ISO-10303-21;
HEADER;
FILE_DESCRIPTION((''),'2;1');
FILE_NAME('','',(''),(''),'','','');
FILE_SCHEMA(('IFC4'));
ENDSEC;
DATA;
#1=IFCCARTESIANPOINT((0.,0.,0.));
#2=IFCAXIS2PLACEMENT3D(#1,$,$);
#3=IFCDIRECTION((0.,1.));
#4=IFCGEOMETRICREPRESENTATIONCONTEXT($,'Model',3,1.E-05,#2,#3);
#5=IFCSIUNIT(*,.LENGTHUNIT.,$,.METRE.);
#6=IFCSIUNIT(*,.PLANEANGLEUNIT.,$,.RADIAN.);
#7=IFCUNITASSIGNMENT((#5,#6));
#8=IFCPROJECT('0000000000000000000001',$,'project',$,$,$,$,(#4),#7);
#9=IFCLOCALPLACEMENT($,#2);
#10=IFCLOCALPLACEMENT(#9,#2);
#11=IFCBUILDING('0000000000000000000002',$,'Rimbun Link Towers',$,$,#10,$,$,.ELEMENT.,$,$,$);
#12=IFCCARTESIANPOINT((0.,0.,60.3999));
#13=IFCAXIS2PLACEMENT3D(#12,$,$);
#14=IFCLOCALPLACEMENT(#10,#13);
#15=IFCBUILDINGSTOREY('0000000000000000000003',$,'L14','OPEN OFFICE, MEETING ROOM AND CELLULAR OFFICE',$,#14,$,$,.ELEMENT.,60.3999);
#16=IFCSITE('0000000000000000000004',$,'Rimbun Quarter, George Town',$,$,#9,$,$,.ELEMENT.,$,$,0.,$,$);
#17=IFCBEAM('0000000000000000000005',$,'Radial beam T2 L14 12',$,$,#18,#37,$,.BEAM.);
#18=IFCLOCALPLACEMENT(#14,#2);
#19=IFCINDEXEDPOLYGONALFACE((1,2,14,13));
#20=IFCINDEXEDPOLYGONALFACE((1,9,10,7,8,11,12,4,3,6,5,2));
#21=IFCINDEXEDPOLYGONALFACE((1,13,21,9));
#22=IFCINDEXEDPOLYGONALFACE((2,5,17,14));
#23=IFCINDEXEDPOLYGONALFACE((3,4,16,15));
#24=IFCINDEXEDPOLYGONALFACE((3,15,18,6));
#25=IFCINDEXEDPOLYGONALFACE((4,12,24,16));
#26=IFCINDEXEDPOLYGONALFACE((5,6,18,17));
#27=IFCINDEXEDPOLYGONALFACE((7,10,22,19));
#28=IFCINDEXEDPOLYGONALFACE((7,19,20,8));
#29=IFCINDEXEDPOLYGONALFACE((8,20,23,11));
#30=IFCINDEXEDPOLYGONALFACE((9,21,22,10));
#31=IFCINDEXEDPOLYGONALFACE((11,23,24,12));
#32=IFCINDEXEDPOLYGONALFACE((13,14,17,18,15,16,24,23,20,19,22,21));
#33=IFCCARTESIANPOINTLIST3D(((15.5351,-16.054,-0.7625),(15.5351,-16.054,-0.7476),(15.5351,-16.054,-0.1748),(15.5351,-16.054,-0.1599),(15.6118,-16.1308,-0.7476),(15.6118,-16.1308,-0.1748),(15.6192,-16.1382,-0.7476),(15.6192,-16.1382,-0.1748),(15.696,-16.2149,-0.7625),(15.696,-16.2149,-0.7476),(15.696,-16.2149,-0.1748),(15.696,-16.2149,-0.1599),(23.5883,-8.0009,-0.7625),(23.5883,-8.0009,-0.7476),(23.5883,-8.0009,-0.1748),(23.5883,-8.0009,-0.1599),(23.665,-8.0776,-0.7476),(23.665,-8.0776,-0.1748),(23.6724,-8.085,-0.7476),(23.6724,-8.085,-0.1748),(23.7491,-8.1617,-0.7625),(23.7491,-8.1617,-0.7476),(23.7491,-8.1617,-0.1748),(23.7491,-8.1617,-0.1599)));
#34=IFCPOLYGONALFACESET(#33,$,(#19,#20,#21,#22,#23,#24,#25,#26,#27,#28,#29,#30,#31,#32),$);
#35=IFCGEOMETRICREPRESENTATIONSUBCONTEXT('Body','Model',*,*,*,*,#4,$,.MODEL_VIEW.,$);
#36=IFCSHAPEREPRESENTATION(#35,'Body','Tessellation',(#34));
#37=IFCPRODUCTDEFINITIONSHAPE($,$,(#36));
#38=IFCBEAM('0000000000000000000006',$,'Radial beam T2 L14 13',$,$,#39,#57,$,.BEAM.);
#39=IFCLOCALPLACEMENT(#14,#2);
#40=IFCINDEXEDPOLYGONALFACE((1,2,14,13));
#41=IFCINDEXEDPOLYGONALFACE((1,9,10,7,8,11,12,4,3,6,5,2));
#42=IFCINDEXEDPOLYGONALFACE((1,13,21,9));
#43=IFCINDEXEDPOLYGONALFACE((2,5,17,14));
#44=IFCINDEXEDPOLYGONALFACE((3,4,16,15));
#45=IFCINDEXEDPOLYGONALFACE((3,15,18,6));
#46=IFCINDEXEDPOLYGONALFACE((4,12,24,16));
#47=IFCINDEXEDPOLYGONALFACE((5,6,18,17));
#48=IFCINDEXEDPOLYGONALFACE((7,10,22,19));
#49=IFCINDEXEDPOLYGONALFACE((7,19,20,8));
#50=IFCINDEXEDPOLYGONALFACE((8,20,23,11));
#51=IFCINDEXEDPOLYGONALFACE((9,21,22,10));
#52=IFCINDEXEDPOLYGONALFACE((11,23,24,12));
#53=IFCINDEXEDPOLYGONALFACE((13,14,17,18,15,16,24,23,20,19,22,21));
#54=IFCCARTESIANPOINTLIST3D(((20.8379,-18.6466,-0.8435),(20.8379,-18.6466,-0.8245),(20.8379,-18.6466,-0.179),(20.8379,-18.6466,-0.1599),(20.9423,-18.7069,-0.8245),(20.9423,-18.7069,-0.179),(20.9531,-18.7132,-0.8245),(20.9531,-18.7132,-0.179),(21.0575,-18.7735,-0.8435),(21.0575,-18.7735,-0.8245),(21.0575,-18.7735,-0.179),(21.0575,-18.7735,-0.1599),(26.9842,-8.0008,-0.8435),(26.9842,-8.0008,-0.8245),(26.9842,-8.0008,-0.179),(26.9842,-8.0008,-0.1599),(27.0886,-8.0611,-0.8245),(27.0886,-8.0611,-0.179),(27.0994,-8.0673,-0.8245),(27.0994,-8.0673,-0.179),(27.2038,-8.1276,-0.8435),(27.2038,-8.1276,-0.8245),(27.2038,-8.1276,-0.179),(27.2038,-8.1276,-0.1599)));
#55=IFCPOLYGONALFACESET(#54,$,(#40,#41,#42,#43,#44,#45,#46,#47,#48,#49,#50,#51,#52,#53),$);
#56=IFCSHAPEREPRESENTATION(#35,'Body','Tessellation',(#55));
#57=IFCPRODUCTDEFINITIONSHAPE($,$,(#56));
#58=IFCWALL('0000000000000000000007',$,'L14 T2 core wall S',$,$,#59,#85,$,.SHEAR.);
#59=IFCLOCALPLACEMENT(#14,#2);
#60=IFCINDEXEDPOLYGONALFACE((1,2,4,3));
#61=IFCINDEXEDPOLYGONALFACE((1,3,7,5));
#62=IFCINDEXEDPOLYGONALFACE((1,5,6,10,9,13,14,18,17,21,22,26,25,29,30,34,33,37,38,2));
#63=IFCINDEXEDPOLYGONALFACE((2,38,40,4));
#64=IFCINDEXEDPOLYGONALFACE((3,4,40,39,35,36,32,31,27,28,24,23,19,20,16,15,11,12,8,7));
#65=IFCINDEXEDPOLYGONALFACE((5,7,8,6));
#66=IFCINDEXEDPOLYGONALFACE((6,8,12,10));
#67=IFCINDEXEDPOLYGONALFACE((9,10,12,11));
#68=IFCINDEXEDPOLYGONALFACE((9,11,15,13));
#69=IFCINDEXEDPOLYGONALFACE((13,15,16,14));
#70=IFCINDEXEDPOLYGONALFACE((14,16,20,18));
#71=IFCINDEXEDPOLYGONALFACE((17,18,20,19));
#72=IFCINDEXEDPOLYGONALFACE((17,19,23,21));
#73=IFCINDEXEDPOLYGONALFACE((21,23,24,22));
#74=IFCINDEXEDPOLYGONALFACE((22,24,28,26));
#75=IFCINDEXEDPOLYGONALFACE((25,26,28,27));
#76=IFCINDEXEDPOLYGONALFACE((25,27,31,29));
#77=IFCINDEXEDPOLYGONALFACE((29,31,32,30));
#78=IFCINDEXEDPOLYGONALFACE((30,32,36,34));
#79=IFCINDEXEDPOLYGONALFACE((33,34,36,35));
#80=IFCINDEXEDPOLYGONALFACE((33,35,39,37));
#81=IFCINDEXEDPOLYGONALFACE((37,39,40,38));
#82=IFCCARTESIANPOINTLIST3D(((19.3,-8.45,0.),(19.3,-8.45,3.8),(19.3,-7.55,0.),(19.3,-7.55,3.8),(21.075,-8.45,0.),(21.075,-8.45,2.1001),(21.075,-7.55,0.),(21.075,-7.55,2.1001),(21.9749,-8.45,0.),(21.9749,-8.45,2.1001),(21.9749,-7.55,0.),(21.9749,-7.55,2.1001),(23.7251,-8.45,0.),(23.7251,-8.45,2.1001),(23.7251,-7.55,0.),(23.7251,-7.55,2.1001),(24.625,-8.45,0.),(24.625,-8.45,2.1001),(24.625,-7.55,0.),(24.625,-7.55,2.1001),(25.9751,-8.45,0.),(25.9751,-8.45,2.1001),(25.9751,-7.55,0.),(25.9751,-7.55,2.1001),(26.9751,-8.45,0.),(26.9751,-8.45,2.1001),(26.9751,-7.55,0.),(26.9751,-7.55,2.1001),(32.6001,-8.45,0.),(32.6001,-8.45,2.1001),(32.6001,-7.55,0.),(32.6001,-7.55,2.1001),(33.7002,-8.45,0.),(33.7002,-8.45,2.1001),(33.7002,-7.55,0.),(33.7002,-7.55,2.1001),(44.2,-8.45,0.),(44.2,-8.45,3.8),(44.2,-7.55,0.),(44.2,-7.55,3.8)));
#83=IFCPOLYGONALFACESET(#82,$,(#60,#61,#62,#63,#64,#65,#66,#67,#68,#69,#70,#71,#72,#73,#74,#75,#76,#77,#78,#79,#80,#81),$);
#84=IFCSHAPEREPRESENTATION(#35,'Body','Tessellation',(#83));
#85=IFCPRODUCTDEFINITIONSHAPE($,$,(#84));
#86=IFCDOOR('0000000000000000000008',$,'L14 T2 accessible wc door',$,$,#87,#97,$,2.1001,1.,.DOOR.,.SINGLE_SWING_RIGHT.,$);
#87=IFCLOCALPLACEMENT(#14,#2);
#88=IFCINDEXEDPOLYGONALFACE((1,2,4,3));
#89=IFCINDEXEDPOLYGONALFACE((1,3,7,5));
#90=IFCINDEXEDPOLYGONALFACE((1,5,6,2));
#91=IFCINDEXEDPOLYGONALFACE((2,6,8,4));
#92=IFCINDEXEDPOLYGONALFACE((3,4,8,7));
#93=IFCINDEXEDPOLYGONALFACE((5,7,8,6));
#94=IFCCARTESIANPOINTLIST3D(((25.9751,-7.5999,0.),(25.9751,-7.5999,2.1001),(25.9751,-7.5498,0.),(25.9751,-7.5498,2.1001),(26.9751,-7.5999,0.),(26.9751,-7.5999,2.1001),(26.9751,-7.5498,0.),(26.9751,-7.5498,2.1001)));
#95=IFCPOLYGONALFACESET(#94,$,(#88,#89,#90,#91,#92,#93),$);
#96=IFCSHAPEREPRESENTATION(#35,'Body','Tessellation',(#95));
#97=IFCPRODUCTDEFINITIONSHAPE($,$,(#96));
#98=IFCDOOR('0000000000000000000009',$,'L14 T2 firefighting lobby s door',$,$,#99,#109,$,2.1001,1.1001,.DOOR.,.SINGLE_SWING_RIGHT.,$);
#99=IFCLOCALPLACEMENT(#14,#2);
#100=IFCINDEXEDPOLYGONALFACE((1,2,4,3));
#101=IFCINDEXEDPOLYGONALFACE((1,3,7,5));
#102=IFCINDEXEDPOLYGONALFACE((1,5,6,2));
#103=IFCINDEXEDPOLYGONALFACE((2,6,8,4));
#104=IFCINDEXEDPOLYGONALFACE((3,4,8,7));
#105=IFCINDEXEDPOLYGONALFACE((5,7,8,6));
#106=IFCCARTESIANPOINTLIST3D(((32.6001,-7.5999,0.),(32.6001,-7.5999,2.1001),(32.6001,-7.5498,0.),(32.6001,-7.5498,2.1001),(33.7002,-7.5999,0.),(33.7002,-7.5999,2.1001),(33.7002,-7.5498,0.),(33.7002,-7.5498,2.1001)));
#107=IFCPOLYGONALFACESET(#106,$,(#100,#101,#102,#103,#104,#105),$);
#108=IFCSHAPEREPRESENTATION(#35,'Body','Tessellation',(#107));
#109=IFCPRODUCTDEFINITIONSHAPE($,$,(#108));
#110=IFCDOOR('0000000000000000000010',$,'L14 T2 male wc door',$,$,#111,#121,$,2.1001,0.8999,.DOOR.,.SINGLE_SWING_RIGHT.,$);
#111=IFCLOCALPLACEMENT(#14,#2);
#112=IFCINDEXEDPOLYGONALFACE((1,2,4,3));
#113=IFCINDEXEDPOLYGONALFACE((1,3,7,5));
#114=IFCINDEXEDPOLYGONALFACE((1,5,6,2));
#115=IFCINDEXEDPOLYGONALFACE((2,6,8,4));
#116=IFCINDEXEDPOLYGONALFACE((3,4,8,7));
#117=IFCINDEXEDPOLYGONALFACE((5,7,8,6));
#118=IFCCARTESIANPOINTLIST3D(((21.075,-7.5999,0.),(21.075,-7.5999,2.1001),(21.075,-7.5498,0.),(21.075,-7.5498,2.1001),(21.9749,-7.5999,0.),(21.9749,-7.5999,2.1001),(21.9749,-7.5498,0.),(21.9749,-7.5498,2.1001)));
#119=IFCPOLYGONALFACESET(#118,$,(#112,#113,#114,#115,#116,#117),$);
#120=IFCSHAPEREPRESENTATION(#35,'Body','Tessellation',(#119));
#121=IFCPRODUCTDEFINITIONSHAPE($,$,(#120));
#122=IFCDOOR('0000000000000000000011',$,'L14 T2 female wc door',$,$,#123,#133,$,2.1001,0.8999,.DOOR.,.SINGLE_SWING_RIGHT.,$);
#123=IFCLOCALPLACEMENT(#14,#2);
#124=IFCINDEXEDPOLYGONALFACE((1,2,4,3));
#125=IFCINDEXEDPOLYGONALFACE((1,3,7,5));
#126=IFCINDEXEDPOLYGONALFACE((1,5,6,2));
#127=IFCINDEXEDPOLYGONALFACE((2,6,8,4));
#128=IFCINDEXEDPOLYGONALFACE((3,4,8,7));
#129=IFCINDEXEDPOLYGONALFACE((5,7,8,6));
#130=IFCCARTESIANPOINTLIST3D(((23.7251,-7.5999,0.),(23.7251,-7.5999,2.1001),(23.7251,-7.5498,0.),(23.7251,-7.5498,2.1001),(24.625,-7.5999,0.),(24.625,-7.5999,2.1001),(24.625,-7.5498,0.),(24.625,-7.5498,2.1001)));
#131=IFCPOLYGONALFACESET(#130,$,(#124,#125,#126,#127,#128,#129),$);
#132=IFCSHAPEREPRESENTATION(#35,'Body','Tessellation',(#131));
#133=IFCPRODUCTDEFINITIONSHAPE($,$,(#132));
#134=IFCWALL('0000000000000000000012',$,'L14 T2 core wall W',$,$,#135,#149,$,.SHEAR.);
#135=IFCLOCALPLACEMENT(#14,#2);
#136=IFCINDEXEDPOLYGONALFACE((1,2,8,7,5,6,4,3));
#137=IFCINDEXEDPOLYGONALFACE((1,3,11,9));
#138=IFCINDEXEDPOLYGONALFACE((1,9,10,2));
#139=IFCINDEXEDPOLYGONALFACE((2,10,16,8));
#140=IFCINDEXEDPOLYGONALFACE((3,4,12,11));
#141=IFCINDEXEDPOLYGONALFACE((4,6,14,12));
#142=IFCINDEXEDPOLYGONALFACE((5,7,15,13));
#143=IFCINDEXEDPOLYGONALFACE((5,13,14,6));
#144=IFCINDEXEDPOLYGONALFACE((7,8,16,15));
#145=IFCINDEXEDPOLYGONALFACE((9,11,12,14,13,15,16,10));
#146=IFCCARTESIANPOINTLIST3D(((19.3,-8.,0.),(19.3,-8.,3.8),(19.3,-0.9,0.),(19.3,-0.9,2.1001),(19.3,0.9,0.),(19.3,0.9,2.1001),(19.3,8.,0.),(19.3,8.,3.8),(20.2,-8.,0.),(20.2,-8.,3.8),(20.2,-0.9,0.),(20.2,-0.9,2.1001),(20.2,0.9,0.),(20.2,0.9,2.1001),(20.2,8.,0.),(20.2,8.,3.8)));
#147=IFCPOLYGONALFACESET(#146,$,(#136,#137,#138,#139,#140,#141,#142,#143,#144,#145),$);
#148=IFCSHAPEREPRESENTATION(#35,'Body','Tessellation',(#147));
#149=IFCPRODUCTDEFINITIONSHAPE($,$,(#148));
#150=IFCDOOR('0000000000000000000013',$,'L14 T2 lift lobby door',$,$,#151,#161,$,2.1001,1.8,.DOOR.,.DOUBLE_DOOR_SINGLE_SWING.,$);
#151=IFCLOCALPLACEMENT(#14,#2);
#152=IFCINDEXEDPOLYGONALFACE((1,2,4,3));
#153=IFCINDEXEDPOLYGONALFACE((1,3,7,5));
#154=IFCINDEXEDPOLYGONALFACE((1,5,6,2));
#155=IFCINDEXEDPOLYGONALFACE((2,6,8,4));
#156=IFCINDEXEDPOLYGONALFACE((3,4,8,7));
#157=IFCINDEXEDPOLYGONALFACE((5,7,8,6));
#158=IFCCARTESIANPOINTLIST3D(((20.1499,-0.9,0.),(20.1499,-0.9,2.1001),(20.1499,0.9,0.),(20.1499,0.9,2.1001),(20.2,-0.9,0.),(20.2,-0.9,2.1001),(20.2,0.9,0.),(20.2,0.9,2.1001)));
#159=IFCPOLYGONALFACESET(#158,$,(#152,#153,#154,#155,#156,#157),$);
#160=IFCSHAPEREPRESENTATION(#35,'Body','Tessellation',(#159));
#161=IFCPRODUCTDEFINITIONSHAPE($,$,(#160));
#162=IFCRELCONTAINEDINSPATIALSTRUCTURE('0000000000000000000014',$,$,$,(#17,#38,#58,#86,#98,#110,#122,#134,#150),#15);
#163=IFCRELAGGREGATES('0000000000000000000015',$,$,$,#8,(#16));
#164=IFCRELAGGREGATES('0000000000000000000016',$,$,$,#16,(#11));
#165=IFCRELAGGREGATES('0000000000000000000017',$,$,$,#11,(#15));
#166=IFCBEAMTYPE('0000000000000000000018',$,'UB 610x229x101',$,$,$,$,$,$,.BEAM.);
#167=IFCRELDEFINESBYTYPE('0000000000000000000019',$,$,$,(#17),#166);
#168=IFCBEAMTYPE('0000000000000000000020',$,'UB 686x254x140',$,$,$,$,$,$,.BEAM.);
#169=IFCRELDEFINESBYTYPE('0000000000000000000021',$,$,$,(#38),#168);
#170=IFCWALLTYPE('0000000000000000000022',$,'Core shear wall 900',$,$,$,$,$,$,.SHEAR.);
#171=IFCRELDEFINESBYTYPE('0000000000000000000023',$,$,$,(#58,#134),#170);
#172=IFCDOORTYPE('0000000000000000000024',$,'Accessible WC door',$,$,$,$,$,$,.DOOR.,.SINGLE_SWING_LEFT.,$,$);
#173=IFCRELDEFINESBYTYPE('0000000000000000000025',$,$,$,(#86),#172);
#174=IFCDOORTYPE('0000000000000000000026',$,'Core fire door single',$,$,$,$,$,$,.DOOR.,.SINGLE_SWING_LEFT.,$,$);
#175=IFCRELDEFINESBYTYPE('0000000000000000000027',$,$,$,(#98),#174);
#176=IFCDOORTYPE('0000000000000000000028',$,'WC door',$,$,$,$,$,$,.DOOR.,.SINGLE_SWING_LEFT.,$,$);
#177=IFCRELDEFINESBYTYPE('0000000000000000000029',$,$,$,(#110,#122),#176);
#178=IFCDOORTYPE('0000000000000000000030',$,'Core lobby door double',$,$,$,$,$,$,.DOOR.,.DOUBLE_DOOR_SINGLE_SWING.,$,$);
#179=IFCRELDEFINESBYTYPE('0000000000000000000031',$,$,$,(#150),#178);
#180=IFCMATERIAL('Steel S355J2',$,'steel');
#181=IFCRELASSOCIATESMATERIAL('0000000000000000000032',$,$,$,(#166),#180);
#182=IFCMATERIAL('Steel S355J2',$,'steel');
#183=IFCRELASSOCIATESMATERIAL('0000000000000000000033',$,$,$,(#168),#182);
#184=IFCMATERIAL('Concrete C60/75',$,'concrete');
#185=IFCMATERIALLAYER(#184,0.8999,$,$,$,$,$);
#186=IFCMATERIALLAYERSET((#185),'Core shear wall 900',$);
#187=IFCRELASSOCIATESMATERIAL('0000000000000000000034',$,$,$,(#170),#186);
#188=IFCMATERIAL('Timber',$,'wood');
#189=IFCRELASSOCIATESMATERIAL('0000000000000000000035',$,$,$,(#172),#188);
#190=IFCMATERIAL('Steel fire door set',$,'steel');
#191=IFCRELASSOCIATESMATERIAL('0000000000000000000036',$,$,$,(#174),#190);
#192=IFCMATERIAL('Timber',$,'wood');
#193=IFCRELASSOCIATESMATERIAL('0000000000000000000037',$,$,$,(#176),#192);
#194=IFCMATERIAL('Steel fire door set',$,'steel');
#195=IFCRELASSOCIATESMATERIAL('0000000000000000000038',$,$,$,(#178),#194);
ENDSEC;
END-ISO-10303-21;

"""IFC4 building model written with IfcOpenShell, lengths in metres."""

from ifc_helpers import new_model, si_unit, direction, frame, frame_2d, origin, origin_2d, place, context, subcontext, project, spatial, rectangle, i_section, extrude, material, layer, layer_set, material_profile, profile_set, type_object, element, fill, save


model = new_model("IFC4")

# Units and contexts
model_context = context("Model", 3, precision=1e-05, world=origin(), true_north=direction((0.0, 1.0)))
body_context = subcontext(model_context, "Body", "Model", "MODEL_VIEW")
ifc_project = project(units=[si_unit("LENGTHUNIT", "METRE"), si_unit("PLANEANGLEUNIT", "RADIAN")], contexts=[model_context])

# Site, building, storey
site_placement = place(None, origin())
site = spatial("IfcSite", under=ifc_project, at=site_placement, Name="Rimbun Quarter, George Town", CompositionType="ELEMENT", RefElevation=0.0)
building_placement = place(site_placement, origin())
building = spatial("IfcBuilding", under=site, at=building_placement, Name="Rimbun Link Towers", CompositionType="ELEMENT")
storey_placement = place(building_placement, frame((0.0, 0.0, 60.3999)))
storey = spatial("IfcBuildingStorey", under=building, at=storey_placement, Name="L14", Description="OPEN OFFICE, MEETING ROOM AND CELLULAR OFFICE", CompositionType="ELEMENT", Elevation=60.3999)

# Beams
ifc_material_1 = material(Name="Steel S355J2", Category="steel")
ifc_material_profile_1 = material_profile(ifc_material_1, i_section(OverallWidth=0.2275, OverallDepth=0.6025, WebThickness=0.0105, FlangeThickness=0.0149, at=origin_2d()), Name="UB 610x229x101")
ifc_profile_set_1 = profile_set([ifc_material_profile_1], Name="Steel S355J2")
beam_type_1 = type_object("IfcBeamType", Name="UB 610x229x101", PredefinedType="BEAM", material=ifc_profile_set_1)
beam_1_placement = place(storey_placement, frame((23.6687, -8.0813, -0.4612), z_axis=(-0.707107, -0.707107, 0.0), x_axis=(0.707107, -0.707107, 0.0)))
element("IfcBeam", 1, at=beam_1_placement, inside=storey, type_object=beam_type_1, Name="Radial beam T2 L14 12", PredefinedType="BEAM", context=body_context, shape_type="SweptSolid", body=[
    extrude(i_section(OverallWidth=0.2275, OverallDepth=0.6025, WebThickness=0.0105, FlangeThickness=0.0149, at=origin_2d()), origin(), (0.0, 0.0, 1.0), 11.3889),
])
ifc_material_2 = material(Name="Steel S355J2", Category="steel")
ifc_material_profile_2 = material_profile(ifc_material_2, i_section(OverallWidth=0.2537, OverallDepth=0.6836, WebThickness=0.0125, FlangeThickness=0.019, at=origin_2d()), Name="UB 686x254x140")
ifc_profile_set_2 = profile_set([ifc_material_profile_2], Name="Steel S355J2")
beam_type_2 = type_object("IfcBeamType", Name="UB 686x254x140", PredefinedType="BEAM", material=ifc_profile_set_2)
beam_2_placement = place(storey_placement, frame((27.094, -8.0642, -0.5017), z_axis=(-0.499995, -0.866028, 0.0), x_axis=(0.866028, -0.499995, 0.0)))
element("IfcBeam", 2, at=beam_2_placement, inside=storey, type_object=beam_type_2, Name="Radial beam T2 L14 13", PredefinedType="BEAM", context=body_context, shape_type="SweptSolid", body=[
    extrude(i_section(OverallWidth=0.2537, OverallDepth=0.6836, WebThickness=0.0125, FlangeThickness=0.019, at=origin_2d()), origin(), (0.0, 0.0, 1.0), 12.2927),
])

# Wall, openings, doors
ifc_material_3 = material(Name="Concrete C60/75", Category="concrete")
ifc_layer_1 = layer(ifc_material_3, 0.8999)
ifc_layer_set_1 = layer_set([ifc_layer_1], Name="Core shear wall 900")
wall_type_1 = type_object("IfcWallType", Name="Core shear wall 900", PredefinedType="SHEAR", material=ifc_layer_set_1)
wall_1_placement = place(storey_placement, frame((19.3, -8.0, 0.0), z_axis=(0.0, 0.0, 1.0), x_axis=(1.0, 0.0, 0.0)))
wall_1 = element("IfcWall", 3, at=wall_1_placement, inside=storey, type_object=wall_type_1, Name="L14 T2 core wall S", PredefinedType="SHEAR", context=body_context, shape_type="SweptSolid", body=[
    extrude(rectangle(XDim=24.8999, YDim=0.8999, at=frame_2d((12.45, 0.0))), origin(), (0.0, 0.0, 1.0), 3.8),
])
opening_1_placement = place(wall_1_placement, frame((13.3, 0.0, 0.0)))
opening_1 = element("IfcOpeningElement", 4, at=opening_1_placement, cuts=wall_1, PredefinedType="OPENING", context=body_context, shape_type="SweptSolid", body=[
    extrude(rectangle(XDim=1.1001, YDim=2.1001, at=frame_2d((0.55, 1.05))), frame((0.0, 0.46, 0.0), z_axis=(0.0, -1.0, 0.0), x_axis=(1.0, 0.0, 0.0)), (0.0, 0.0, 1.0), 0.9199),
])
opening_2_placement = place(wall_1_placement, frame((1.7749, 0.0, 0.0)))
opening_2 = element("IfcOpeningElement", 5, at=opening_2_placement, cuts=wall_1, PredefinedType="OPENING", context=body_context, shape_type="SweptSolid", body=[
    extrude(rectangle(XDim=0.8999, YDim=2.1001, at=frame_2d((0.45, 1.05))), frame((0.0, 0.46, 0.0), z_axis=(0.0, -1.0, 0.0), x_axis=(1.0, 0.0, 0.0)), (0.0, 0.0, 1.0), 0.9199),
])
opening_3_placement = place(wall_1_placement, frame((4.425, 0.0, 0.0)))
opening_3 = element("IfcOpeningElement", 6, at=opening_3_placement, cuts=wall_1, PredefinedType="OPENING", context=body_context, shape_type="SweptSolid", body=[
    extrude(rectangle(XDim=0.8999, YDim=2.1001, at=frame_2d((0.45, 1.05))), frame((0.0, 0.46, 0.0), z_axis=(0.0, -1.0, 0.0), x_axis=(1.0, 0.0, 0.0)), (0.0, 0.0, 1.0), 0.9199),
])
opening_4_placement = place(wall_1_placement, frame((6.675, 0.0, 0.0)))
opening_4 = element("IfcOpeningElement", 7, at=opening_4_placement, cuts=wall_1, PredefinedType="OPENING", context=body_context, shape_type="SweptSolid", body=[
    extrude(rectangle(XDim=1.0, YDim=2.1001, at=frame_2d((0.5, 1.05))), frame((0.0, 0.46, 0.0), z_axis=(0.0, -1.0, 0.0), x_axis=(1.0, 0.0, 0.0)), (0.0, 0.0, 1.0), 0.9199),
])
ifc_material_4 = material(Name="Timber", Category="wood")
door_type_1 = type_object("IfcDoorType", Name="Accessible WC door", OperationType="SINGLE_SWING_LEFT", PredefinedType="DOOR", material=ifc_material_4)
door_1_placement = place(opening_4_placement, origin())
door_1 = element("IfcDoor", 8, at=door_1_placement, inside=storey, type_object=door_type_1, Name="L14 T2 accessible wc door", OperationType="SINGLE_SWING_RIGHT", OverallHeight=2.1001, OverallWidth=1.0, PredefinedType="DOOR", context=body_context, shape_type="SweptSolid", body=[
    extrude(rectangle(XDim=1.0, YDim=2.1001, at=frame_2d((0.5, 1.05))), frame((0.0, 0.4502, 0.0), z_axis=(0.0, -1.0, 0.0), x_axis=(1.0, 0.0, 0.0)), (0.0, 0.0, 1.0), 0.05),
])
fill(opening_4, door_1)
ifc_material_5 = material(Name="Steel fire door set", Category="steel")
door_type_2 = type_object("IfcDoorType", Name="Core fire door single", OperationType="SINGLE_SWING_LEFT", PredefinedType="DOOR", material=ifc_material_5)
door_2_placement = place(opening_1_placement, origin())
door_2 = element("IfcDoor", 9, at=door_2_placement, inside=storey, type_object=door_type_2, Name="L14 T2 firefighting lobby s door", OperationType="SINGLE_SWING_RIGHT", OverallHeight=2.1001, OverallWidth=1.1001, PredefinedType="DOOR", context=body_context, shape_type="SweptSolid", body=[
    extrude(rectangle(XDim=1.1001, YDim=2.1001, at=frame_2d((0.55, 1.05))), frame((0.0, 0.4502, 0.0), z_axis=(0.0, -1.0, 0.0), x_axis=(1.0, 0.0, 0.0)), (0.0, 0.0, 1.0), 0.05),
])
fill(opening_1, door_2)
ifc_material_6 = material(Name="Timber", Category="wood")
door_type_3 = type_object("IfcDoorType", Name="WC door", OperationType="SINGLE_SWING_LEFT", PredefinedType="DOOR", material=ifc_material_6)
door_3_placement = place(opening_2_placement, origin())
door_3 = element("IfcDoor", 10, at=door_3_placement, inside=storey, type_object=door_type_3, Name="L14 T2 male wc door", OperationType="SINGLE_SWING_RIGHT", OverallHeight=2.1001, OverallWidth=0.8999, PredefinedType="DOOR", context=body_context, shape_type="SweptSolid", body=[
    extrude(rectangle(XDim=0.8999, YDim=2.1001, at=frame_2d((0.45, 1.05))), frame((0.0, 0.4502, 0.0), z_axis=(0.0, -1.0, 0.0), x_axis=(1.0, 0.0, 0.0)), (0.0, 0.0, 1.0), 0.05),
])
fill(opening_2, door_3)
door_4_placement = place(opening_3_placement, origin())
door_4 = element("IfcDoor", 11, at=door_4_placement, inside=storey, type_object=door_type_3, Name="L14 T2 female wc door", OperationType="SINGLE_SWING_RIGHT", OverallHeight=2.1001, OverallWidth=0.8999, PredefinedType="DOOR", context=body_context, shape_type="SweptSolid", body=[
    extrude(rectangle(XDim=0.8999, YDim=2.1001, at=frame_2d((0.45, 1.05))), frame((0.0, 0.4502, 0.0), z_axis=(0.0, -1.0, 0.0), x_axis=(1.0, 0.0, 0.0)), (0.0, 0.0, 1.0), 0.05),
])
fill(opening_3, door_4)

# Wall, opening, door
wall_2_placement = place(storey_placement, frame((19.75, -8.0, 0.0), z_axis=(0.0, 0.0, 1.0), x_axis=(0.0, 1.0, 0.0)))
wall_2 = element("IfcWall", 12, at=wall_2_placement, inside=storey, type_object=wall_type_1, Name="L14 T2 core wall W", PredefinedType="SHEAR", context=body_context, shape_type="SweptSolid", body=[
    extrude(rectangle(XDim=16.0, YDim=0.8999, at=frame_2d((8.0, 0.0))), origin(), (0.0, 0.0, 1.0), 3.8),
])
opening_5_placement = place(wall_2_placement, frame((7.1001, 0.0, 0.0)))
opening_5 = element("IfcOpeningElement", 13, at=opening_5_placement, cuts=wall_2, PredefinedType="OPENING", context=body_context, shape_type="SweptSolid", body=[
    extrude(rectangle(XDim=1.8, YDim=2.1001, at=frame_2d((0.8999, 1.05))), frame((0.0, 0.46, 0.0), z_axis=(0.0, -1.0, 0.0), x_axis=(1.0, 0.0, 0.0)), (0.0, 0.0, 1.0), 0.9199),
])
ifc_material_7 = material(Name="Steel fire door set", Category="steel")
door_type_4 = type_object("IfcDoorType", Name="Core lobby door double", OperationType="DOUBLE_DOOR_SINGLE_SWING", PredefinedType="DOOR", material=ifc_material_7)
door_5_placement = place(opening_5_placement, origin())
door_5 = element("IfcDoor", 14, at=door_5_placement, inside=storey, type_object=door_type_4, Name="L14 T2 lift lobby door", OperationType="DOUBLE_DOOR_SINGLE_SWING", OverallHeight=2.1001, OverallWidth=1.8, PredefinedType="DOOR", context=body_context, shape_type="SweptSolid", body=[
    extrude(rectangle(XDim=1.8, YDim=2.1001, at=frame_2d((0.8999, 1.05))), frame((0.0, -0.3999, 0.0), z_axis=(0.0, -1.0, 0.0), x_axis=(1.0, 0.0, 0.0)), (0.0, 0.0, 1.0), 0.05),
])
fill(opening_5, door_5)

save(model, "model.ifc")
